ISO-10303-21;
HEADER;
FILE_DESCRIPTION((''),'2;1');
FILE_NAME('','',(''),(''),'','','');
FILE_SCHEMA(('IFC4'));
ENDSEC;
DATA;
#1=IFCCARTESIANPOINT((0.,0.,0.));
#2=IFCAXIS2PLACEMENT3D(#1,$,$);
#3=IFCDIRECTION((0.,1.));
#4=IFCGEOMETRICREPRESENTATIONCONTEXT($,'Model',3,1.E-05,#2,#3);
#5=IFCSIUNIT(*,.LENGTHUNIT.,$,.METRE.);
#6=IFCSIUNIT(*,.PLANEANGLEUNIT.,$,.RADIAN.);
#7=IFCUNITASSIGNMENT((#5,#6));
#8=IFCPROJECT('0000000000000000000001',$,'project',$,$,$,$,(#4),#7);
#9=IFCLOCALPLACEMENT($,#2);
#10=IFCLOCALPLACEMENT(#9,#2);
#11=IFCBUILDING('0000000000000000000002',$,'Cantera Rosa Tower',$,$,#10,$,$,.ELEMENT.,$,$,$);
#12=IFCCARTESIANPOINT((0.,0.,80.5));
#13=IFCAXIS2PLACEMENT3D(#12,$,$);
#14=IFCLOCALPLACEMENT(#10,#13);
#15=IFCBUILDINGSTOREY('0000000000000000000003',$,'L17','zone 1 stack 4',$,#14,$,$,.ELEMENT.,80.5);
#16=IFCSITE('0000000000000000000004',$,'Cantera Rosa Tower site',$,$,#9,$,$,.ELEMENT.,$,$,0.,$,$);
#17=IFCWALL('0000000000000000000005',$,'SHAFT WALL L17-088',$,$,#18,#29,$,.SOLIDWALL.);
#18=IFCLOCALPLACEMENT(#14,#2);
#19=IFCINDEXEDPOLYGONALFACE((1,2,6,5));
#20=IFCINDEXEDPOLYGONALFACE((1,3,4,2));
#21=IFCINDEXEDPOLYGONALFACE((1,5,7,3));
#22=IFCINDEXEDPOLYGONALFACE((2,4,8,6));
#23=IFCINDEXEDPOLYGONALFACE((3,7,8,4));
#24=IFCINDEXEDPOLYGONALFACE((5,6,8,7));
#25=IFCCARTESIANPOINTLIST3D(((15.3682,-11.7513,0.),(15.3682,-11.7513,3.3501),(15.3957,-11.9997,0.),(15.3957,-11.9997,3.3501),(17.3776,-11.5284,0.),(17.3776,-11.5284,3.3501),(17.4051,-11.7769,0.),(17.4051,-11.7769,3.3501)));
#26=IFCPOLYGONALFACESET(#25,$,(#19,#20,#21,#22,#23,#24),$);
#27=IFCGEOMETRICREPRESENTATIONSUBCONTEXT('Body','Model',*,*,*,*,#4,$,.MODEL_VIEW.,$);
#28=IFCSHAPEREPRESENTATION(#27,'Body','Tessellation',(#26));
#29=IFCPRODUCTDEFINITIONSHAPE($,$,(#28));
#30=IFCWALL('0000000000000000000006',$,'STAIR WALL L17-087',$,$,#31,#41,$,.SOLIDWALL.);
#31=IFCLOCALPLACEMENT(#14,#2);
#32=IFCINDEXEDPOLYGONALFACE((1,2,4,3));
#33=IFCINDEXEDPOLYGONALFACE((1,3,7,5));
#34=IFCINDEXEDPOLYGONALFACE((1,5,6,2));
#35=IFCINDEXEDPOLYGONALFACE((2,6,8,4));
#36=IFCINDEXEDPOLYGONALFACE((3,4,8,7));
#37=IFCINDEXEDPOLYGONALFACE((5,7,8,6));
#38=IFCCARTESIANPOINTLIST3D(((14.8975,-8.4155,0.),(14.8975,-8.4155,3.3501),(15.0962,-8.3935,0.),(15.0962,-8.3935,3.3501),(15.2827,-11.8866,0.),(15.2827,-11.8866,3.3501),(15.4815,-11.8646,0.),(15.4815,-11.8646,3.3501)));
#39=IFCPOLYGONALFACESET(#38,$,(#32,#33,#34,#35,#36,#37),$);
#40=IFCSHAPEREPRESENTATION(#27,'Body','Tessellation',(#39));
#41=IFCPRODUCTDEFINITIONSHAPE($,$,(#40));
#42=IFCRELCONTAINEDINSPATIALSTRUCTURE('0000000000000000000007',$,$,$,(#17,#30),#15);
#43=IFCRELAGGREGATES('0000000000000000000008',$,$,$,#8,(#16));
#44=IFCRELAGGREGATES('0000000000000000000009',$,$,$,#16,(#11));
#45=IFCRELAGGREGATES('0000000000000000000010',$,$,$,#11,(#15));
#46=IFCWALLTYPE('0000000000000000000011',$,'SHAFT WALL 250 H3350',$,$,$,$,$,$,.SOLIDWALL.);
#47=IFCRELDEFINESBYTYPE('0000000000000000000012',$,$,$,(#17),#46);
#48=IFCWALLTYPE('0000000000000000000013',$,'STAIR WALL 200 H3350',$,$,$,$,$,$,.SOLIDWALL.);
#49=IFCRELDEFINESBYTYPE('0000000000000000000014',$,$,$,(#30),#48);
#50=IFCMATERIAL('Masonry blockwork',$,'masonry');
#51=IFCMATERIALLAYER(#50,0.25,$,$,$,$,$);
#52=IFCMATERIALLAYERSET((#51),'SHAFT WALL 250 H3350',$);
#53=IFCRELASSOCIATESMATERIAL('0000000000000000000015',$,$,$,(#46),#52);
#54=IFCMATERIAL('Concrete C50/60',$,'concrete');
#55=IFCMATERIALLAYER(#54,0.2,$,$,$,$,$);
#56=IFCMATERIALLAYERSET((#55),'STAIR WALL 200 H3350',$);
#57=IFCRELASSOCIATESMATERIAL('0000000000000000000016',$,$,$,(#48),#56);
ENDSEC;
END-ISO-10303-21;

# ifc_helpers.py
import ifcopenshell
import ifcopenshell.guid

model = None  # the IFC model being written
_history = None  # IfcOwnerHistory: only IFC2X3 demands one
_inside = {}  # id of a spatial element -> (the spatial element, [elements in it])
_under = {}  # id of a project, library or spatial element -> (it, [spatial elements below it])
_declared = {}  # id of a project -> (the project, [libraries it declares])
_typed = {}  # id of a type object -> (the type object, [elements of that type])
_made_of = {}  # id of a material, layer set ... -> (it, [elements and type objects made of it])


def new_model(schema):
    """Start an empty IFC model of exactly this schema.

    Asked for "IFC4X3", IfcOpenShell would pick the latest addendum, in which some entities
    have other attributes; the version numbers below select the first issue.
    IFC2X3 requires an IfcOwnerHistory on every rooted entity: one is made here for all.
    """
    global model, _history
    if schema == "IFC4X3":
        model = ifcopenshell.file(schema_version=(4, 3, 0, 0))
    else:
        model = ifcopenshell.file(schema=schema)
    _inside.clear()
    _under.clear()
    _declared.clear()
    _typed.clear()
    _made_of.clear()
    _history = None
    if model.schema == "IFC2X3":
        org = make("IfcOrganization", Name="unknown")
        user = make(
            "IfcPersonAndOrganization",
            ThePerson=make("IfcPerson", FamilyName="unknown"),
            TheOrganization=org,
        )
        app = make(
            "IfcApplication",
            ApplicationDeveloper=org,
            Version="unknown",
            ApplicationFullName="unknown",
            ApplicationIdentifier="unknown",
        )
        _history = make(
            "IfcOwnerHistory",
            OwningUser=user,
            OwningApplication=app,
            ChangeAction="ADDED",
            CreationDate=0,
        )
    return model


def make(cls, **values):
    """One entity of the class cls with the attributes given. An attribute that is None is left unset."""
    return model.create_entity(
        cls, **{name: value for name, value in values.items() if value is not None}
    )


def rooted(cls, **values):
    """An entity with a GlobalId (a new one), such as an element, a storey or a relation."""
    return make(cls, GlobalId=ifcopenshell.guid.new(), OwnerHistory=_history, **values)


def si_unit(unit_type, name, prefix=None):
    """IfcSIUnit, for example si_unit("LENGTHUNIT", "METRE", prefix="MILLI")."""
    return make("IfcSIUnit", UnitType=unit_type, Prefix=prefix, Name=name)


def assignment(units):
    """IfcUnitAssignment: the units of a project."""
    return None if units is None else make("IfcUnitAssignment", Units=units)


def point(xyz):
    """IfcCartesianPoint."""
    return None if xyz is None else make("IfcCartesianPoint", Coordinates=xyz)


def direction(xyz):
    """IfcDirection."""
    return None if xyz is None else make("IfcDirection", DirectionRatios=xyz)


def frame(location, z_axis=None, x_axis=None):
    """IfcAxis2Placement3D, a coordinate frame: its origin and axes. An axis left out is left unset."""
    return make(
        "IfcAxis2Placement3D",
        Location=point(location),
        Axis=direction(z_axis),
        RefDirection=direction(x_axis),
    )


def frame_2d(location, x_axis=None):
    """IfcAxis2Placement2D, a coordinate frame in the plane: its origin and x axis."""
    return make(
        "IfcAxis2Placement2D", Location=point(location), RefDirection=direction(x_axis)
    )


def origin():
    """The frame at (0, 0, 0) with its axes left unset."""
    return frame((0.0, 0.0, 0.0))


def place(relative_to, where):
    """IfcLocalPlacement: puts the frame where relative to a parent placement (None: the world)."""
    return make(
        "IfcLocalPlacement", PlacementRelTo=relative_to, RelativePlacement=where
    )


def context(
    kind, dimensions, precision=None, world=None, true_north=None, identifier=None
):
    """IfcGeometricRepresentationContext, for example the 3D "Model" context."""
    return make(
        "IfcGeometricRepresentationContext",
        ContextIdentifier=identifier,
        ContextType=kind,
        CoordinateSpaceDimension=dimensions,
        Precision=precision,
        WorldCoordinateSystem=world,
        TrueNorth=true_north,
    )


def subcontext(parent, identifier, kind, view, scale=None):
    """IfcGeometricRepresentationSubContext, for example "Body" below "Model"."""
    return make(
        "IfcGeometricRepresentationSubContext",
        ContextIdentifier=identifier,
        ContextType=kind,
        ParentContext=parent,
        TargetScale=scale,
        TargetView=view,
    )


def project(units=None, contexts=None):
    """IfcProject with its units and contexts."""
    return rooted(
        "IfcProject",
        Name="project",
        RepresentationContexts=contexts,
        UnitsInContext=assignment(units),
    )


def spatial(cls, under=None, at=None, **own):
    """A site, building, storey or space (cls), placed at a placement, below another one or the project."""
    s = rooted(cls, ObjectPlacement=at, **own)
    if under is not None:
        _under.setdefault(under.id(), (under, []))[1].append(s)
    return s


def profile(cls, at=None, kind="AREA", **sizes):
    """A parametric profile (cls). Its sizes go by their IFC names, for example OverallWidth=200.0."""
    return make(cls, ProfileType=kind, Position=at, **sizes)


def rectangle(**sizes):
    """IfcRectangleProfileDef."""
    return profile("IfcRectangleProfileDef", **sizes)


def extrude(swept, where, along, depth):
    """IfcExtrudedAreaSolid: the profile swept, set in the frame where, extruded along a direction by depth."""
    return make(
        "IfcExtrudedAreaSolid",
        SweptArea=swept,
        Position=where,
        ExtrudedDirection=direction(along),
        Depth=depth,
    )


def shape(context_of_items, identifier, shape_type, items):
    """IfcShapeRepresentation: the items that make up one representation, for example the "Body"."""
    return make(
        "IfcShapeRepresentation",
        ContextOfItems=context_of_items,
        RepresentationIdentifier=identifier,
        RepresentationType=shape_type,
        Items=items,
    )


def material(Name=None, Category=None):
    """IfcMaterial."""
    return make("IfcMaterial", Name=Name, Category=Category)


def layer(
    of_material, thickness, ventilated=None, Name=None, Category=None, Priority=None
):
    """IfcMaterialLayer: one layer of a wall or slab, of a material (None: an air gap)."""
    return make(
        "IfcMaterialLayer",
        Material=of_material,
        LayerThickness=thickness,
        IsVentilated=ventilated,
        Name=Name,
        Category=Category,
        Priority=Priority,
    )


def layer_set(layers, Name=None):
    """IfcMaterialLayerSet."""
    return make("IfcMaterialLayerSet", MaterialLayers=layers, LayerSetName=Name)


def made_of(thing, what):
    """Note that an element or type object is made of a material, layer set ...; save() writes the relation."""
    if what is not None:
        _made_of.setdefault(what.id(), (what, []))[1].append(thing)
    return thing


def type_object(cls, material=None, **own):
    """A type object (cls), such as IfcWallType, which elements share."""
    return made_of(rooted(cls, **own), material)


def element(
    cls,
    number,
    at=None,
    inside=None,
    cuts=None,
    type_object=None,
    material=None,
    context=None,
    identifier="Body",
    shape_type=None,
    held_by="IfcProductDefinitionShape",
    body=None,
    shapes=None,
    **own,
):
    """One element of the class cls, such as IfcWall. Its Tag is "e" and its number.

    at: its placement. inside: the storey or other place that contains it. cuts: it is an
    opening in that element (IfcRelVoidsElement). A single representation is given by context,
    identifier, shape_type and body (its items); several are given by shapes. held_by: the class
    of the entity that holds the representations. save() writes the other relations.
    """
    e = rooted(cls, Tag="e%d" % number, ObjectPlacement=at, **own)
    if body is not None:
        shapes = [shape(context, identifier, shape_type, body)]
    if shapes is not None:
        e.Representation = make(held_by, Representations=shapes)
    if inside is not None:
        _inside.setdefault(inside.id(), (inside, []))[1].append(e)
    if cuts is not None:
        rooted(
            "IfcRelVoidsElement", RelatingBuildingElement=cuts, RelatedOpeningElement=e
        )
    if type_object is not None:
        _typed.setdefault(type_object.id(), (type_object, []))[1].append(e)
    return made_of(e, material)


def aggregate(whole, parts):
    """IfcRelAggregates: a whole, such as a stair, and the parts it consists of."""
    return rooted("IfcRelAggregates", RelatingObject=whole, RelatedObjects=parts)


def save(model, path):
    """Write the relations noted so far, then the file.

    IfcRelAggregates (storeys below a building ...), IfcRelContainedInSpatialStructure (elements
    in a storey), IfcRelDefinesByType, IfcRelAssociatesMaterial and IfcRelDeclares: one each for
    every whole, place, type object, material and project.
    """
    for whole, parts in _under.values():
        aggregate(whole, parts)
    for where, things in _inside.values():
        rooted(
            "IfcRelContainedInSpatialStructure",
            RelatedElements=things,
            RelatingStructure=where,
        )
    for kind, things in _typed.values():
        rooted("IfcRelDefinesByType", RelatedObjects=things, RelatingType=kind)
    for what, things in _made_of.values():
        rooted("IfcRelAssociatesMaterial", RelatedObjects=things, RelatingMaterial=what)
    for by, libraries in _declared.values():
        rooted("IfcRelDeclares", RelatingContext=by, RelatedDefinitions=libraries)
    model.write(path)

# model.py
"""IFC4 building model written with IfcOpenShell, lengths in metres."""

from ifc_helpers import new_model, si_unit, direction, frame, frame_2d, origin, place, context, subcontext, project, spatial, rectangle, extrude, material, layer, layer_set, type_object, element, save


model = new_model("IFC4")

# Units and contexts
model_context = context("Model", 3, precision=1e-05, world=origin(), true_north=direction((0.0, 1.0)))
body_context = subcontext(model_context, "Body", "Model", "MODEL_VIEW")
ifc_project = project(units=[si_unit("LENGTHUNIT", "METRE"), si_unit("PLANEANGLEUNIT", "RADIAN")], contexts=[model_context])

# Site, building, storey
site_placement = place(None, origin())
site = spatial("IfcSite", under=ifc_project, at=site_placement, Name="Cantera Rosa Tower site", CompositionType="ELEMENT", RefElevation=0.0)
building_placement = place(site_placement, origin())
building = spatial("IfcBuilding", under=site, at=building_placement, Name="Cantera Rosa Tower", CompositionType="ELEMENT")
storey_placement = place(building_placement, frame((0.0, 0.0, 80.5)))
storey = spatial("IfcBuildingStorey", under=building, at=storey_placement, Name="L17", Description="zone 1 stack 4", CompositionType="ELEMENT", Elevation=80.5)

# Walls
ifc_material_1 = material(Name="Masonry blockwork", Category="masonry")
ifc_layer_1 = layer(ifc_material_1, 0.25)
ifc_layer_set_1 = layer_set([ifc_layer_1], Name="SHAFT WALL 250 H3350")
wall_type_1 = type_object("IfcWallType", Name="SHAFT WALL 250 H3350", PredefinedType="SOLIDWALL", material=ifc_layer_set_1)
wall_1_placement = place(storey_placement, frame((15.3821, -11.8755, 0.0), z_axis=(0.0, 0.0, 1.0), x_axis=(0.993904, 0.110246, 0.0)))
element("IfcWall", 1, at=wall_1_placement, inside=storey, type_object=wall_type_1, Name="SHAFT WALL L17-088", PredefinedType="SOLIDWALL", context=body_context, shape_type="SweptSolid", body=[
    extrude(rectangle(XDim=2.0217, YDim=0.25, at=frame_2d((1.0107, 0.0))), origin(), (0.0, 0.0, 1.0), 3.3501),
])
ifc_material_2 = material(Name="Concrete C50/60", Category="concrete")
ifc_layer_2 = layer(ifc_material_2, 0.2)
ifc_layer_set_2 = layer_set([ifc_layer_2], Name="STAIR WALL 200 H3350")
wall_type_2 = type_object("IfcWallType", Name="STAIR WALL 200 H3350", PredefinedType="SOLIDWALL", material=ifc_layer_set_2)
wall_2_placement = place(storey_placement, frame((15.3821, -11.8755, 0.0), z_axis=(0.0, 0.0, 1.0), x_axis=(-0.110309, 0.993897, 0.0)))
element("IfcWall", 2, at=wall_2_placement, inside=storey, type_object=wall_type_2, Name="STAIR WALL L17-087", PredefinedType="SOLIDWALL", context=body_context, shape_type="SweptSolid", body=[
    extrude(rectangle(XDim=3.4924, YDim=0.2, at=frame_2d((1.7461, 0.0))), origin(), (0.0, 0.0, 1.0), 3.3501),
])

save(model, "model.ifc")
